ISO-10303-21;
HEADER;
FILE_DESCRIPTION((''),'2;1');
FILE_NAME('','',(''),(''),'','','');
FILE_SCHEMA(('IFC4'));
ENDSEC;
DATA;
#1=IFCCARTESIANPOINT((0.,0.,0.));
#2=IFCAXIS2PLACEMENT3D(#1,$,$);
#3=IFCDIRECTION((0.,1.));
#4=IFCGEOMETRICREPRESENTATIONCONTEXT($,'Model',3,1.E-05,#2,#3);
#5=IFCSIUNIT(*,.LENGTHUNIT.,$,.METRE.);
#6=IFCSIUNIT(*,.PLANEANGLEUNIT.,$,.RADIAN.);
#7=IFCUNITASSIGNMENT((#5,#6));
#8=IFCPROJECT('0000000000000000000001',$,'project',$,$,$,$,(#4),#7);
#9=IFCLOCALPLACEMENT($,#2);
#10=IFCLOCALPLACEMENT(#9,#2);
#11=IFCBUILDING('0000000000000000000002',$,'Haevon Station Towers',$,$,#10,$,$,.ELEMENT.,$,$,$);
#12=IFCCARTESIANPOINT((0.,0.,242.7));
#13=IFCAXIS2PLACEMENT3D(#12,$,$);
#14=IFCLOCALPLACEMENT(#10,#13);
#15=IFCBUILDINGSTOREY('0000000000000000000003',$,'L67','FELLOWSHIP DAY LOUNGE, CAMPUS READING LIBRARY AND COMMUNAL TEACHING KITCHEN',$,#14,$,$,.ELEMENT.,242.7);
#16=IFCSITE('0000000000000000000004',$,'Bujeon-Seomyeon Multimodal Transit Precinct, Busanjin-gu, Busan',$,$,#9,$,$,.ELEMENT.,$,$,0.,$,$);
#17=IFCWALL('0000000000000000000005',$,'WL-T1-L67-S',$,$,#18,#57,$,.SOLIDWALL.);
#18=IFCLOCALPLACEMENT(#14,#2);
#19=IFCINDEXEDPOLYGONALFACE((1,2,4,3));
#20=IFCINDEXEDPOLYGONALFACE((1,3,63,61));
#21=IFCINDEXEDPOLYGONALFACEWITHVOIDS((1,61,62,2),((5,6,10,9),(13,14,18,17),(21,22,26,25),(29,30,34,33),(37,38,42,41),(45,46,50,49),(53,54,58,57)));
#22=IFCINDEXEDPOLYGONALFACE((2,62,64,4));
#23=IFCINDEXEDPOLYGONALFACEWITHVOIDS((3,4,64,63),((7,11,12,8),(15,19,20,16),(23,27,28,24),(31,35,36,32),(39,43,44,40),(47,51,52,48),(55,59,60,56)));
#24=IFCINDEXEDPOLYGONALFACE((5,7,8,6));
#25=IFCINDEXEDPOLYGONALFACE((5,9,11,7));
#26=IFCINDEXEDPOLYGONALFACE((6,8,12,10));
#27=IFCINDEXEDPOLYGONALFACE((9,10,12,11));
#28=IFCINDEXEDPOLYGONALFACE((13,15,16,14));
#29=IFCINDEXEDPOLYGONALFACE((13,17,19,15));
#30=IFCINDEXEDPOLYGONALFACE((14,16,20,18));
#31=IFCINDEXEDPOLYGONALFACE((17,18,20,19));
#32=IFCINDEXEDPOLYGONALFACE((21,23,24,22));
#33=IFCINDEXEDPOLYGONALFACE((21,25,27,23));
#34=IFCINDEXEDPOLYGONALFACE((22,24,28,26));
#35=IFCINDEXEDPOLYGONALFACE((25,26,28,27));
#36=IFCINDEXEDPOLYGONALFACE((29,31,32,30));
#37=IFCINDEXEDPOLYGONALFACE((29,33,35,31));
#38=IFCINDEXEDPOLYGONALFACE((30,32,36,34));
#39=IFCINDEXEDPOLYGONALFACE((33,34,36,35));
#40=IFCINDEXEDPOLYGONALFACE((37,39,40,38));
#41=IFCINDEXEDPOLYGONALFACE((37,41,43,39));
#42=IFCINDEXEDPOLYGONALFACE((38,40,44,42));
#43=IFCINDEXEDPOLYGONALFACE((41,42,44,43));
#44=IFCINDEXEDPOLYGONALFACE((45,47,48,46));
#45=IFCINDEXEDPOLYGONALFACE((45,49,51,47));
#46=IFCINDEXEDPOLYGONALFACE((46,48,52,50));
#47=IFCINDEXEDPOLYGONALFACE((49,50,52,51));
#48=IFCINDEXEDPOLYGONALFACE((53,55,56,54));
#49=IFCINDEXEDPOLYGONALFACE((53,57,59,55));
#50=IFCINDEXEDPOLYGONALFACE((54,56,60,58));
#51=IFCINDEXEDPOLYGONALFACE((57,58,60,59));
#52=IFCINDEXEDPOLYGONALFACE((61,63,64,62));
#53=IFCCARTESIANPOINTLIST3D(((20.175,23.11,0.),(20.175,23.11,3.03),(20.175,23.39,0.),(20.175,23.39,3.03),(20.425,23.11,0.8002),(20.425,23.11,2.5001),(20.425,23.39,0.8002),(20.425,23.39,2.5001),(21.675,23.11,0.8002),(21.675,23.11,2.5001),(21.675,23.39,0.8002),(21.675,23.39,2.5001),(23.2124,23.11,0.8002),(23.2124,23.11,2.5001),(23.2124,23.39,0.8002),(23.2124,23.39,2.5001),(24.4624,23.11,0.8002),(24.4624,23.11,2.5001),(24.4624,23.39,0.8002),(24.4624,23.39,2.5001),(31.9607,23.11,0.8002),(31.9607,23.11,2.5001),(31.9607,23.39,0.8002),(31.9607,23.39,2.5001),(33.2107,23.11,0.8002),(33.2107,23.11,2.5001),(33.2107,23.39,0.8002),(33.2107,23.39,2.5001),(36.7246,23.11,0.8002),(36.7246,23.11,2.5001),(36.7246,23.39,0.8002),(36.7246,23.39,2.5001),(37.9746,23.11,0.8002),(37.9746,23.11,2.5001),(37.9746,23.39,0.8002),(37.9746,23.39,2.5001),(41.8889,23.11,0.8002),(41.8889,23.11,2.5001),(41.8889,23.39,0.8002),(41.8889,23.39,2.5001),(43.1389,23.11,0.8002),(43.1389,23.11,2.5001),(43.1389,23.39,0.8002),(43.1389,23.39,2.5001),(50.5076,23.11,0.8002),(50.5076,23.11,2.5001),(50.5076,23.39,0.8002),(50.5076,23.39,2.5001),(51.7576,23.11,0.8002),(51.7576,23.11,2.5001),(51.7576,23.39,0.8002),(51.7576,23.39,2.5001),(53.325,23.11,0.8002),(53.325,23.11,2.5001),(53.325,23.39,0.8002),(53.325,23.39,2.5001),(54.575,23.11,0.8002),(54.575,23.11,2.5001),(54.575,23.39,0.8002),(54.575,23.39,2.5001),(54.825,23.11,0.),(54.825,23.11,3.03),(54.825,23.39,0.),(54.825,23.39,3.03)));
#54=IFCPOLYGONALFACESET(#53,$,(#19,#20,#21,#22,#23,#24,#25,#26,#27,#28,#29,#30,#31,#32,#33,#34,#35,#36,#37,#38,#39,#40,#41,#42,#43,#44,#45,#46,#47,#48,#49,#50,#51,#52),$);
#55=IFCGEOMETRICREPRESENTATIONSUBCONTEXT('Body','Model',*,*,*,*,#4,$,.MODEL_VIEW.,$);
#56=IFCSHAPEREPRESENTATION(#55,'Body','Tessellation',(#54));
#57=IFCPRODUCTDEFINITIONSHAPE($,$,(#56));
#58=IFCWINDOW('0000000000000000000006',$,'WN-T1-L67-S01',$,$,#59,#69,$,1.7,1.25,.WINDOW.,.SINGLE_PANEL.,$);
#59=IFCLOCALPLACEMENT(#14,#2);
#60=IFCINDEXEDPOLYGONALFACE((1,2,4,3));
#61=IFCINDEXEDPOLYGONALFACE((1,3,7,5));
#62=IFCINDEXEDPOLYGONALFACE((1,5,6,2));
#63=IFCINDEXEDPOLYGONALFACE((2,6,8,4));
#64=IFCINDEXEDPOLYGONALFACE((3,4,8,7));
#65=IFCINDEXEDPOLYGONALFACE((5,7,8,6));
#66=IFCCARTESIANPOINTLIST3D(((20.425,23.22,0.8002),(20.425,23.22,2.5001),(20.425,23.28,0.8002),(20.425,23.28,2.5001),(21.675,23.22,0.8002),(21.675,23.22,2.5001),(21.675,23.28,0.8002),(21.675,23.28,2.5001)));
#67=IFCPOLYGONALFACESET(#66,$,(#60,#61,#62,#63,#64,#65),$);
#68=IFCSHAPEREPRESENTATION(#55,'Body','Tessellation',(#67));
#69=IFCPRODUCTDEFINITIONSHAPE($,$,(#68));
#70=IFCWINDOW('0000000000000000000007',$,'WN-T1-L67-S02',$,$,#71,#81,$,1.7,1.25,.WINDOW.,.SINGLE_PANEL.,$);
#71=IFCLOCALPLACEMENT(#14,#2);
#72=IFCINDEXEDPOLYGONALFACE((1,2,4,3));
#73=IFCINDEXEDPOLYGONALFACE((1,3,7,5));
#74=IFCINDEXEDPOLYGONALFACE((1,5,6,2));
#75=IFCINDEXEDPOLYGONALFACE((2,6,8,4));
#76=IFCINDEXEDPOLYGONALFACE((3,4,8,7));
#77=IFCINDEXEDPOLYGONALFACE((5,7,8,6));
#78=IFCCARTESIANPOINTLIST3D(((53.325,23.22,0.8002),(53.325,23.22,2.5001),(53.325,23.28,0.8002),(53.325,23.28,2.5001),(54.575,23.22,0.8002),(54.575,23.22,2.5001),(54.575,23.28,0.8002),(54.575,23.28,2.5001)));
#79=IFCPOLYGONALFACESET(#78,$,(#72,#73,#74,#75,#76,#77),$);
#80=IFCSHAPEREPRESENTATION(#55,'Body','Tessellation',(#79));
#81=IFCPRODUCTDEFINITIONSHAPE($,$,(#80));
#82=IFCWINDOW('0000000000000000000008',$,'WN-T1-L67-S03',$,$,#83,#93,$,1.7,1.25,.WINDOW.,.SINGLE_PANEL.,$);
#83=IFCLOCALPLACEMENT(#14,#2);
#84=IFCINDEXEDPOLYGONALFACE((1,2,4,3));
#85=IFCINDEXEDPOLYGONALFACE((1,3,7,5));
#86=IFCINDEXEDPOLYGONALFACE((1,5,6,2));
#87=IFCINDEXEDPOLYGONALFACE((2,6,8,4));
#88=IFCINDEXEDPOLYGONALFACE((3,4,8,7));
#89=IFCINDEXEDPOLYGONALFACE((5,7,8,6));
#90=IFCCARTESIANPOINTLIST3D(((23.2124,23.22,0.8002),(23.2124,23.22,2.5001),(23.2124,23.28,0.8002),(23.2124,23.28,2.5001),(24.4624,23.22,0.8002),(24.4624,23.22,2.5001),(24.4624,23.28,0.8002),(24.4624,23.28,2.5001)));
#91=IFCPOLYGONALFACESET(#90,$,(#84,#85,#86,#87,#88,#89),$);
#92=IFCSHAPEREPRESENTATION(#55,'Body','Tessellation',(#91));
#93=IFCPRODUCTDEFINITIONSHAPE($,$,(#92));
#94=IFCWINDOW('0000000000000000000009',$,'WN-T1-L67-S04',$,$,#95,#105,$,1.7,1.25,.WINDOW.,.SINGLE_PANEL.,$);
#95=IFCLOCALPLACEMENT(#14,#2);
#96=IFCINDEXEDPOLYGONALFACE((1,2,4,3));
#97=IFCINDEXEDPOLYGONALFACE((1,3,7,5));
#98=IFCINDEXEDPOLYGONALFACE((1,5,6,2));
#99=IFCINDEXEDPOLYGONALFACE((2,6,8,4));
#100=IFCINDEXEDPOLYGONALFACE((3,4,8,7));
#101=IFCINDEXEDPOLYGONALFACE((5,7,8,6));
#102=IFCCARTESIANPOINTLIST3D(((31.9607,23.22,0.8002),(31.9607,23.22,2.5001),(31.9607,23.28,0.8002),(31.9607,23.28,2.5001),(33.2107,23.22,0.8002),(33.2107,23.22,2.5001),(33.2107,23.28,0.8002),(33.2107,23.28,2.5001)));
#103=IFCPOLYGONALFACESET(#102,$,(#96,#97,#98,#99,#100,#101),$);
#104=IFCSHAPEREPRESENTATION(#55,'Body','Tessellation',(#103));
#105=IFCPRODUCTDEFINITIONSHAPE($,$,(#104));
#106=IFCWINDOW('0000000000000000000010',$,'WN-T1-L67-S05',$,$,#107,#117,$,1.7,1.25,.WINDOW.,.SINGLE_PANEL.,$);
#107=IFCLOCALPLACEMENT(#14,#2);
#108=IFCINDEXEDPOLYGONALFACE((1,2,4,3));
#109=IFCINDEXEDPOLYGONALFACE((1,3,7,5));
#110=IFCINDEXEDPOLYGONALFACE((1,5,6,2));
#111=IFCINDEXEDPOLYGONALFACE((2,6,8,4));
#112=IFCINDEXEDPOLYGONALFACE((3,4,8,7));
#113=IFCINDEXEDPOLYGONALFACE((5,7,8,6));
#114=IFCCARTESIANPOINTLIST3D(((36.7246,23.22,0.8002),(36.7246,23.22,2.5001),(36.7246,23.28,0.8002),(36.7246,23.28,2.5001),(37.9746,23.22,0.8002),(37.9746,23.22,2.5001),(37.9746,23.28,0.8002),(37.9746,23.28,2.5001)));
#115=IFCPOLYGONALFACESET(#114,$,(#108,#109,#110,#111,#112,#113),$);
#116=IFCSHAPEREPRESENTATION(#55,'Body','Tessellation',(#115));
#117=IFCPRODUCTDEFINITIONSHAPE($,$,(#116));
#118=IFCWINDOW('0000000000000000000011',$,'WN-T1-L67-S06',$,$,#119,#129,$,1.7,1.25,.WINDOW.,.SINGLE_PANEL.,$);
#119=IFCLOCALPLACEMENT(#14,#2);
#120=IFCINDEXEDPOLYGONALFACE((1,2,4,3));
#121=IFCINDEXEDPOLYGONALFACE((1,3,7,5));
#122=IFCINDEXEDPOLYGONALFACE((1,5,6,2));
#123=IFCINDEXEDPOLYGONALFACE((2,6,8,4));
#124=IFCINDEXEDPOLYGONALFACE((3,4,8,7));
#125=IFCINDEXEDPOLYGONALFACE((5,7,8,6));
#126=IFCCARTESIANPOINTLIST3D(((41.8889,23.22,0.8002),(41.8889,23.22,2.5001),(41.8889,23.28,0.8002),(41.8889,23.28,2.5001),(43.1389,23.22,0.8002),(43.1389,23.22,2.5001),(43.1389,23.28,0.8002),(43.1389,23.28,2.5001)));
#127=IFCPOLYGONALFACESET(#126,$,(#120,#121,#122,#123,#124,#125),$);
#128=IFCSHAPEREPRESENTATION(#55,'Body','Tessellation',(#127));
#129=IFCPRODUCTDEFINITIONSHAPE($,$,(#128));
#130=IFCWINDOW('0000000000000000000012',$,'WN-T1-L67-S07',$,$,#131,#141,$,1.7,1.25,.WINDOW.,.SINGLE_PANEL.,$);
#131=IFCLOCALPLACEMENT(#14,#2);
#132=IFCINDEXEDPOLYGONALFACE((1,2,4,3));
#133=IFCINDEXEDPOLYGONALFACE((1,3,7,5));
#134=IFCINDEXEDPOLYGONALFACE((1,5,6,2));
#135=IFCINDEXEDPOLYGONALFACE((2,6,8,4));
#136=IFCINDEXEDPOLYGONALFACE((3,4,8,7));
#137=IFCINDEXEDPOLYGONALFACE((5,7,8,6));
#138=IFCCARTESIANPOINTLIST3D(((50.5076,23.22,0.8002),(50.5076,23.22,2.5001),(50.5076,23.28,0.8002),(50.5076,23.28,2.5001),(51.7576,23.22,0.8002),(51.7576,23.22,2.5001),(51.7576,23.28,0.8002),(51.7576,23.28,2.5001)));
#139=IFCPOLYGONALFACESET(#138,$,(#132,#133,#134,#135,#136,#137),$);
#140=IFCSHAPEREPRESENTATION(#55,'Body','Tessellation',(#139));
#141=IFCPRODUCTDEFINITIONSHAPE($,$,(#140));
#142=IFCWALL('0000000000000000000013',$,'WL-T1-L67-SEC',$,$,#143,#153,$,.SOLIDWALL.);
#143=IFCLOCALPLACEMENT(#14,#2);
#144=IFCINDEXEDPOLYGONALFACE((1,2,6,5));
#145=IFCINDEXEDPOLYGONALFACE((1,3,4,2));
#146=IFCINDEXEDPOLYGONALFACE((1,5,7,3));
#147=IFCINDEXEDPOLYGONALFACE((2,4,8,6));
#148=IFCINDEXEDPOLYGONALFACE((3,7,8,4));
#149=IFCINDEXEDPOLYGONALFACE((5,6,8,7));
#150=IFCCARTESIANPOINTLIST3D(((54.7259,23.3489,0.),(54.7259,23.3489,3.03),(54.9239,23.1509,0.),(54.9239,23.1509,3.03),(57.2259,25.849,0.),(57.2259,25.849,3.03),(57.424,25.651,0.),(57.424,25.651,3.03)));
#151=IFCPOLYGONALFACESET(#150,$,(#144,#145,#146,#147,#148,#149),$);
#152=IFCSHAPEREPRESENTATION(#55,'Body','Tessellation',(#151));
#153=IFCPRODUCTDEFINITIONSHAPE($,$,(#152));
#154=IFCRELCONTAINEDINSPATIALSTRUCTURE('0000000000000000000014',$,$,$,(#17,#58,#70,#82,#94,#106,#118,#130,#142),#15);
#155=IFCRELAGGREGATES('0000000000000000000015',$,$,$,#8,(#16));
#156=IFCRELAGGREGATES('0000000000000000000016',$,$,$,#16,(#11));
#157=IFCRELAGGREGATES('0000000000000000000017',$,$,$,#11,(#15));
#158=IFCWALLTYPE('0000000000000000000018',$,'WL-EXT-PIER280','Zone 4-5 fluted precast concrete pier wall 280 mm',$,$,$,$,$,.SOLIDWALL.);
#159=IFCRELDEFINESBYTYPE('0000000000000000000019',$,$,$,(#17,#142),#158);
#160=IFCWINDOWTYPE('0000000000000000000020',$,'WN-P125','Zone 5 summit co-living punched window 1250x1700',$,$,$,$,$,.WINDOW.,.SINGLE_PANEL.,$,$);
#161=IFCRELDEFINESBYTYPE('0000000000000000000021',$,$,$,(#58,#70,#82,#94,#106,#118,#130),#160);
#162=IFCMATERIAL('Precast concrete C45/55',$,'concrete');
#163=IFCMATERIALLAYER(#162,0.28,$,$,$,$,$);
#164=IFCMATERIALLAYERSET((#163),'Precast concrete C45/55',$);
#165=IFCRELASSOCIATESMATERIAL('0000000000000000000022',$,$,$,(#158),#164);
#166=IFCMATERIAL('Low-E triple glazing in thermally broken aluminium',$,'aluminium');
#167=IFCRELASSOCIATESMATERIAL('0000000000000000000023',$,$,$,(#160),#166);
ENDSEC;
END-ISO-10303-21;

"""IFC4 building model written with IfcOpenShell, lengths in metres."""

from ifc_helpers import new_model, si_unit, direction, frame, frame_2d, origin, place, context, subcontext, project, spatial, rectangle, extrude, material, layer, layer_set, type_object, element, fill, save


model = new_model("IFC4")

# Units and contexts
model_context = context("Model", 3, precision=1e-05, world=origin(), true_north=direction((0.0, 1.0)))
body_context = subcontext(model_context, "Body", "Model", "MODEL_VIEW")
ifc_project = project(units=[si_unit("LENGTHUNIT", "METRE"), si_unit("PLANEANGLEUNIT", "RADIAN")], contexts=[model_context])

# Site, building, storey
site_placement = place(None, origin())
site = spatial("IfcSite", under=ifc_project, at=site_placement, Name="Bujeon-Seomyeon Multimodal Transit Precinct, Busanjin-gu, Busan", CompositionType="ELEMENT", RefElevation=0.0)
building_placement = place(site_placement, origin())
building = spatial("IfcBuilding", under=site, at=building_placement, Name="Haevon Station Towers", CompositionType="ELEMENT")
storey_placement = place(building_placement, frame((0.0, 0.0, 242.7)))
storey = spatial("IfcBuildingStorey", under=building, at=storey_placement, Name="L67", Description="FELLOWSHIP DAY LOUNGE, CAMPUS READING LIBRARY AND COMMUNAL TEACHING KITCHEN", CompositionType="ELEMENT", Elevation=242.7)

# Wall, openings, windows
ifc_material_1 = material(Name="Precast concrete C45/55", Category="concrete")
ifc_layer_1 = layer(ifc_material_1, 0.28)
ifc_layer_set_1 = layer_set([ifc_layer_1], Name="Precast concrete C45/55")
wall_type_1 = type_object("IfcWallType", Name="WL-EXT-PIER280", Description="Zone 4-5 fluted precast concrete pier wall 280 mm", PredefinedType="SOLIDWALL", material=ifc_layer_set_1)
wall_1_placement = place(storey_placement, frame((54.825, 23.25, 0.0), z_axis=(0.0, 0.0, 1.0), x_axis=(-1.0, 0.0, 0.0)))
wall_1 = element("IfcWall", 1, at=wall_1_placement, inside=storey, type_object=wall_type_1, Name="WL-T1-L67-S", PredefinedType="SOLIDWALL", context=body_context, shape_type="SweptSolid", body=[
    extrude(rectangle(XDim=34.6499, YDim=0.28, at=frame_2d((17.325, 0.0))), origin(), (0.0, 0.0, 1.0), 3.03),
])
opening_1_placement = place(wall_1_placement, frame((33.1499, 0.0, 0.8)))
opening_1 = element("IfcOpeningElement", 2, at=opening_1_placement, cuts=wall_1, PredefinedType="OPENING", context=body_context, shape_type="SweptSolid", body=[
    extrude(rectangle(XDim=1.25, YDim=1.7, at=frame_2d((0.625, 0.8501))), frame((0.0, 0.1499, 0.0), z_axis=(0.0, -1.0, 0.0), x_axis=(1.0, 0.0, 0.0)), (0.0, 0.0, 1.0), 0.3),
])
opening_2_placement = place(wall_1_placement, frame((0.25, 0.0, 0.8)))
opening_2 = element("IfcOpeningElement", 3, at=opening_2_placement, cuts=wall_1, PredefinedType="OPENING", context=body_context, shape_type="SweptSolid", body=[
    extrude(rectangle(XDim=1.25, YDim=1.7, at=frame_2d((0.625, 0.8501))), frame((0.0, 0.1499, 0.0), z_axis=(0.0, -1.0, 0.0), x_axis=(1.0, 0.0, 0.0)), (0.0, 0.0, 1.0), 0.3),
])
opening_3_placement = place(wall_1_placement, frame((30.3625, 0.0, 0.8)))
opening_3 = element("IfcOpeningElement", 4, at=opening_3_placement, cuts=wall_1, PredefinedType="OPENING", context=body_context, shape_type="SweptSolid", body=[
    extrude(rectangle(XDim=1.25, YDim=1.7, at=frame_2d((0.625, 0.8501))), frame((0.0, 0.1499, 0.0), z_axis=(0.0, -1.0, 0.0), x_axis=(1.0, 0.0, 0.0)), (0.0, 0.0, 1.0), 0.3),
])
opening_4_placement = place(wall_1_placement, frame((21.6143, 0.0, 0.8)))
opening_4 = element("IfcOpeningElement", 5, at=opening_4_placement, cuts=wall_1, PredefinedType="OPENING", context=body_context, shape_type="SweptSolid", body=[
    extrude(rectangle(XDim=1.25, YDim=1.7, at=frame_2d((0.625, 0.8501))), frame((0.0, 0.1499, 0.0), z_axis=(0.0, -1.0, 0.0), x_axis=(1.0, 0.0, 0.0)), (0.0, 0.0, 1.0), 0.3),
])
opening_5_placement = place(wall_1_placement, frame((16.8503, 0.0, 0.8)))
opening_5 = element("IfcOpeningElement", 6, at=opening_5_placement, cuts=wall_1, PredefinedType="OPENING", context=body_context, shape_type="SweptSolid", body=[
    extrude(rectangle(XDim=1.25, YDim=1.7, at=frame_2d((0.625, 0.8501))), frame((0.0, 0.1499, 0.0), z_axis=(0.0, -1.0, 0.0), x_axis=(1.0, 0.0, 0.0)), (0.0, 0.0, 1.0), 0.3),
])
opening_6_placement = place(wall_1_placement, frame((11.686, 0.0, 0.8)))
opening_6 = element("IfcOpeningElement", 7, at=opening_6_placement, cuts=wall_1, PredefinedType="OPENING", context=body_context, shape_type="SweptSolid", body=[
    extrude(rectangle(XDim=1.25, YDim=1.7, at=frame_2d((0.625, 0.8501))), frame((0.0, 0.1499, 0.0), z_axis=(0.0, -1.0, 0.0), x_axis=(1.0, 0.0, 0.0)), (0.0, 0.0, 1.0), 0.3),
])
opening_7_placement = place(wall_1_placement, frame((3.0674, 0.0, 0.8)))
opening_7 = element("IfcOpeningElement", 8, at=opening_7_placement, cuts=wall_1, PredefinedType="OPENING", context=body_context, shape_type="SweptSolid", body=[
    extrude(rectangle(XDim=1.25, YDim=1.7, at=frame_2d((0.625, 0.8501))), frame((0.0, 0.1499, 0.0), z_axis=(0.0, -1.0, 0.0), x_axis=(1.0, 0.0, 0.0)), (0.0, 0.0, 1.0), 0.3),
])
ifc_material_2 = material(Name="Low-E triple glazing in thermally broken aluminium", Category="aluminium")
window_type = type_object("IfcWindowType", Name="WN-P125", Description="Zone 5 summit co-living punched window 1250x1700", PartitioningType="SINGLE_PANEL", PredefinedType="WINDOW", material=ifc_material_2)
window_1_placement = place(opening_1_placement, origin())
window_1 = element("IfcWindow", 9, at=window_1_placement, inside=storey, type_object=window_type, Name="WN-T1-L67-S01", OverallHeight=1.7, OverallWidth=1.25, PartitioningType="SINGLE_PANEL", PredefinedType="WINDOW", context=body_context, shape_type="SweptSolid", body=[
    extrude(rectangle(XDim=1.25, YDim=1.7, at=frame_2d((0.625, 0.8501))), frame((0.0, 0.03, 0.0), z_axis=(0.0, -1.0, 0.0), x_axis=(1.0, 0.0, 0.0)), (0.0, 0.0, 1.0), 0.0601),
])
fill(opening_1, window_1)
window_2_placement = place(opening_2_placement, origin())
window_2 = element("IfcWindow", 10, at=window_2_placement, inside=storey, type_object=window_type, Name="WN-T1-L67-S02", OverallHeight=1.7, OverallWidth=1.25, PartitioningType="SINGLE_PANEL", PredefinedType="WINDOW", context=body_context, shape_type="SweptSolid", body=[
    extrude(rectangle(XDim=1.25, YDim=1.7, at=frame_2d((0.625, 0.8501))), frame((0.0, 0.03, 0.0), z_axis=(0.0, -1.0, 0.0), x_axis=(1.0, 0.0, 0.0)), (0.0, 0.0, 1.0), 0.0601),
])
fill(opening_2, window_2)
window_3_placement = place(opening_3_placement, origin())
window_3 = element("IfcWindow", 11, at=window_3_placement, inside=storey, type_object=window_type, Name="WN-T1-L67-S03", OverallHeight=1.7, OverallWidth=1.25, PartitioningType="SINGLE_PANEL", PredefinedType="WINDOW", context=body_context, shape_type="SweptSolid", body=[
    extrude(rectangle(XDim=1.25, YDim=1.7, at=frame_2d((0.625, 0.8501))), frame((0.0, 0.03, 0.0), z_axis=(0.0, -1.0, 0.0), x_axis=(1.0, 0.0, 0.0)), (0.0, 0.0, 1.0), 0.0601),
])
fill(opening_3, window_3)
window_4_placement = place(opening_4_placement, origin())
window_4 = element("IfcWindow", 12, at=window_4_placement, inside=storey, type_object=window_type, Name="WN-T1-L67-S04", OverallHeight=1.7, OverallWidth=1.25, PartitioningType="SINGLE_PANEL", PredefinedType="WINDOW", context=body_context, shape_type="SweptSolid", body=[
    extrude(rectangle(XDim=1.25, YDim=1.7, at=frame_2d((0.625, 0.8501))), frame((0.0, 0.03, 0.0), z_axis=(0.0, -1.0, 0.0), x_axis=(1.0, 0.0, 0.0)), (0.0, 0.0, 1.0), 0.0601),
])
fill(opening_4, window_4)
window_5_placement = place(opening_5_placement, origin())
window_5 = element("IfcWindow", 13, at=window_5_placement, inside=storey, type_object=window_type, Name="WN-T1-L67-S05", OverallHeight=1.7, OverallWidth=1.25, PartitioningType="SINGLE_PANEL", PredefinedType="WINDOW", context=body_context, shape_type="SweptSolid", body=[
    extrude(rectangle(XDim=1.25, YDim=1.7, at=frame_2d((0.625, 0.8501))), frame((0.0, 0.03, 0.0), z_axis=(0.0, -1.0, 0.0), x_axis=(1.0, 0.0, 0.0)), (0.0, 0.0, 1.0), 0.0601),
])
fill(opening_5, window_5)
window_6_placement = place(opening_6_placement, origin())
window_6 = element("IfcWindow", 14, at=window_6_placement, inside=storey, type_object=window_type, Name="WN-T1-L67-S06", OverallHeight=1.7, OverallWidth=1.25, PartitioningType="SINGLE_PANEL", PredefinedType="WINDOW", context=body_context, shape_type="SweptSolid", body=[
    extrude(rectangle(XDim=1.25, YDim=1.7, at=frame_2d((0.625, 0.8501))), frame((0.0, 0.03, 0.0), z_axis=(0.0, -1.0, 0.0), x_axis=(1.0, 0.0, 0.0)), (0.0, 0.0, 1.0), 0.0601),
])
fill(opening_6, window_6)
window_7_placement = place(opening_7_placement, origin())
window_7 = element("IfcWindow", 15, at=window_7_placement, inside=storey, type_object=window_type, Name="WN-T1-L67-S07", OverallHeight=1.7, OverallWidth=1.25, PartitioningType="SINGLE_PANEL", PredefinedType="WINDOW", context=body_context, shape_type="SweptSolid", body=[
    extrude(rectangle(XDim=1.25, YDim=1.7, at=frame_2d((0.625, 0.8501))), frame((0.0, 0.03, 0.0), z_axis=(0.0, -1.0, 0.0), x_axis=(1.0, 0.0, 0.0)), (0.0, 0.0, 1.0), 0.0601),
])
fill(opening_7, window_7)

# Wall
wall_2_placement = place(storey_placement, frame((57.325, 25.75, 0.0), z_axis=(0.0, 0.0, 1.0), x_axis=(-0.707107, -0.707107, 0.0)))
element("IfcWall", 16, at=wall_2_placement, inside=storey, type_object=wall_type_1, Name="WL-T1-L67-SEC", PredefinedType="SOLIDWALL", context=body_context, shape_type="SweptSolid", body=[
    extrude(rectangle(XDim=3.5356, YDim=0.28, at=frame_2d((1.7678, 0.0))), origin(), (0.0, 0.0, 1.0), 3.03),
])

save(model, "model.ifc")
